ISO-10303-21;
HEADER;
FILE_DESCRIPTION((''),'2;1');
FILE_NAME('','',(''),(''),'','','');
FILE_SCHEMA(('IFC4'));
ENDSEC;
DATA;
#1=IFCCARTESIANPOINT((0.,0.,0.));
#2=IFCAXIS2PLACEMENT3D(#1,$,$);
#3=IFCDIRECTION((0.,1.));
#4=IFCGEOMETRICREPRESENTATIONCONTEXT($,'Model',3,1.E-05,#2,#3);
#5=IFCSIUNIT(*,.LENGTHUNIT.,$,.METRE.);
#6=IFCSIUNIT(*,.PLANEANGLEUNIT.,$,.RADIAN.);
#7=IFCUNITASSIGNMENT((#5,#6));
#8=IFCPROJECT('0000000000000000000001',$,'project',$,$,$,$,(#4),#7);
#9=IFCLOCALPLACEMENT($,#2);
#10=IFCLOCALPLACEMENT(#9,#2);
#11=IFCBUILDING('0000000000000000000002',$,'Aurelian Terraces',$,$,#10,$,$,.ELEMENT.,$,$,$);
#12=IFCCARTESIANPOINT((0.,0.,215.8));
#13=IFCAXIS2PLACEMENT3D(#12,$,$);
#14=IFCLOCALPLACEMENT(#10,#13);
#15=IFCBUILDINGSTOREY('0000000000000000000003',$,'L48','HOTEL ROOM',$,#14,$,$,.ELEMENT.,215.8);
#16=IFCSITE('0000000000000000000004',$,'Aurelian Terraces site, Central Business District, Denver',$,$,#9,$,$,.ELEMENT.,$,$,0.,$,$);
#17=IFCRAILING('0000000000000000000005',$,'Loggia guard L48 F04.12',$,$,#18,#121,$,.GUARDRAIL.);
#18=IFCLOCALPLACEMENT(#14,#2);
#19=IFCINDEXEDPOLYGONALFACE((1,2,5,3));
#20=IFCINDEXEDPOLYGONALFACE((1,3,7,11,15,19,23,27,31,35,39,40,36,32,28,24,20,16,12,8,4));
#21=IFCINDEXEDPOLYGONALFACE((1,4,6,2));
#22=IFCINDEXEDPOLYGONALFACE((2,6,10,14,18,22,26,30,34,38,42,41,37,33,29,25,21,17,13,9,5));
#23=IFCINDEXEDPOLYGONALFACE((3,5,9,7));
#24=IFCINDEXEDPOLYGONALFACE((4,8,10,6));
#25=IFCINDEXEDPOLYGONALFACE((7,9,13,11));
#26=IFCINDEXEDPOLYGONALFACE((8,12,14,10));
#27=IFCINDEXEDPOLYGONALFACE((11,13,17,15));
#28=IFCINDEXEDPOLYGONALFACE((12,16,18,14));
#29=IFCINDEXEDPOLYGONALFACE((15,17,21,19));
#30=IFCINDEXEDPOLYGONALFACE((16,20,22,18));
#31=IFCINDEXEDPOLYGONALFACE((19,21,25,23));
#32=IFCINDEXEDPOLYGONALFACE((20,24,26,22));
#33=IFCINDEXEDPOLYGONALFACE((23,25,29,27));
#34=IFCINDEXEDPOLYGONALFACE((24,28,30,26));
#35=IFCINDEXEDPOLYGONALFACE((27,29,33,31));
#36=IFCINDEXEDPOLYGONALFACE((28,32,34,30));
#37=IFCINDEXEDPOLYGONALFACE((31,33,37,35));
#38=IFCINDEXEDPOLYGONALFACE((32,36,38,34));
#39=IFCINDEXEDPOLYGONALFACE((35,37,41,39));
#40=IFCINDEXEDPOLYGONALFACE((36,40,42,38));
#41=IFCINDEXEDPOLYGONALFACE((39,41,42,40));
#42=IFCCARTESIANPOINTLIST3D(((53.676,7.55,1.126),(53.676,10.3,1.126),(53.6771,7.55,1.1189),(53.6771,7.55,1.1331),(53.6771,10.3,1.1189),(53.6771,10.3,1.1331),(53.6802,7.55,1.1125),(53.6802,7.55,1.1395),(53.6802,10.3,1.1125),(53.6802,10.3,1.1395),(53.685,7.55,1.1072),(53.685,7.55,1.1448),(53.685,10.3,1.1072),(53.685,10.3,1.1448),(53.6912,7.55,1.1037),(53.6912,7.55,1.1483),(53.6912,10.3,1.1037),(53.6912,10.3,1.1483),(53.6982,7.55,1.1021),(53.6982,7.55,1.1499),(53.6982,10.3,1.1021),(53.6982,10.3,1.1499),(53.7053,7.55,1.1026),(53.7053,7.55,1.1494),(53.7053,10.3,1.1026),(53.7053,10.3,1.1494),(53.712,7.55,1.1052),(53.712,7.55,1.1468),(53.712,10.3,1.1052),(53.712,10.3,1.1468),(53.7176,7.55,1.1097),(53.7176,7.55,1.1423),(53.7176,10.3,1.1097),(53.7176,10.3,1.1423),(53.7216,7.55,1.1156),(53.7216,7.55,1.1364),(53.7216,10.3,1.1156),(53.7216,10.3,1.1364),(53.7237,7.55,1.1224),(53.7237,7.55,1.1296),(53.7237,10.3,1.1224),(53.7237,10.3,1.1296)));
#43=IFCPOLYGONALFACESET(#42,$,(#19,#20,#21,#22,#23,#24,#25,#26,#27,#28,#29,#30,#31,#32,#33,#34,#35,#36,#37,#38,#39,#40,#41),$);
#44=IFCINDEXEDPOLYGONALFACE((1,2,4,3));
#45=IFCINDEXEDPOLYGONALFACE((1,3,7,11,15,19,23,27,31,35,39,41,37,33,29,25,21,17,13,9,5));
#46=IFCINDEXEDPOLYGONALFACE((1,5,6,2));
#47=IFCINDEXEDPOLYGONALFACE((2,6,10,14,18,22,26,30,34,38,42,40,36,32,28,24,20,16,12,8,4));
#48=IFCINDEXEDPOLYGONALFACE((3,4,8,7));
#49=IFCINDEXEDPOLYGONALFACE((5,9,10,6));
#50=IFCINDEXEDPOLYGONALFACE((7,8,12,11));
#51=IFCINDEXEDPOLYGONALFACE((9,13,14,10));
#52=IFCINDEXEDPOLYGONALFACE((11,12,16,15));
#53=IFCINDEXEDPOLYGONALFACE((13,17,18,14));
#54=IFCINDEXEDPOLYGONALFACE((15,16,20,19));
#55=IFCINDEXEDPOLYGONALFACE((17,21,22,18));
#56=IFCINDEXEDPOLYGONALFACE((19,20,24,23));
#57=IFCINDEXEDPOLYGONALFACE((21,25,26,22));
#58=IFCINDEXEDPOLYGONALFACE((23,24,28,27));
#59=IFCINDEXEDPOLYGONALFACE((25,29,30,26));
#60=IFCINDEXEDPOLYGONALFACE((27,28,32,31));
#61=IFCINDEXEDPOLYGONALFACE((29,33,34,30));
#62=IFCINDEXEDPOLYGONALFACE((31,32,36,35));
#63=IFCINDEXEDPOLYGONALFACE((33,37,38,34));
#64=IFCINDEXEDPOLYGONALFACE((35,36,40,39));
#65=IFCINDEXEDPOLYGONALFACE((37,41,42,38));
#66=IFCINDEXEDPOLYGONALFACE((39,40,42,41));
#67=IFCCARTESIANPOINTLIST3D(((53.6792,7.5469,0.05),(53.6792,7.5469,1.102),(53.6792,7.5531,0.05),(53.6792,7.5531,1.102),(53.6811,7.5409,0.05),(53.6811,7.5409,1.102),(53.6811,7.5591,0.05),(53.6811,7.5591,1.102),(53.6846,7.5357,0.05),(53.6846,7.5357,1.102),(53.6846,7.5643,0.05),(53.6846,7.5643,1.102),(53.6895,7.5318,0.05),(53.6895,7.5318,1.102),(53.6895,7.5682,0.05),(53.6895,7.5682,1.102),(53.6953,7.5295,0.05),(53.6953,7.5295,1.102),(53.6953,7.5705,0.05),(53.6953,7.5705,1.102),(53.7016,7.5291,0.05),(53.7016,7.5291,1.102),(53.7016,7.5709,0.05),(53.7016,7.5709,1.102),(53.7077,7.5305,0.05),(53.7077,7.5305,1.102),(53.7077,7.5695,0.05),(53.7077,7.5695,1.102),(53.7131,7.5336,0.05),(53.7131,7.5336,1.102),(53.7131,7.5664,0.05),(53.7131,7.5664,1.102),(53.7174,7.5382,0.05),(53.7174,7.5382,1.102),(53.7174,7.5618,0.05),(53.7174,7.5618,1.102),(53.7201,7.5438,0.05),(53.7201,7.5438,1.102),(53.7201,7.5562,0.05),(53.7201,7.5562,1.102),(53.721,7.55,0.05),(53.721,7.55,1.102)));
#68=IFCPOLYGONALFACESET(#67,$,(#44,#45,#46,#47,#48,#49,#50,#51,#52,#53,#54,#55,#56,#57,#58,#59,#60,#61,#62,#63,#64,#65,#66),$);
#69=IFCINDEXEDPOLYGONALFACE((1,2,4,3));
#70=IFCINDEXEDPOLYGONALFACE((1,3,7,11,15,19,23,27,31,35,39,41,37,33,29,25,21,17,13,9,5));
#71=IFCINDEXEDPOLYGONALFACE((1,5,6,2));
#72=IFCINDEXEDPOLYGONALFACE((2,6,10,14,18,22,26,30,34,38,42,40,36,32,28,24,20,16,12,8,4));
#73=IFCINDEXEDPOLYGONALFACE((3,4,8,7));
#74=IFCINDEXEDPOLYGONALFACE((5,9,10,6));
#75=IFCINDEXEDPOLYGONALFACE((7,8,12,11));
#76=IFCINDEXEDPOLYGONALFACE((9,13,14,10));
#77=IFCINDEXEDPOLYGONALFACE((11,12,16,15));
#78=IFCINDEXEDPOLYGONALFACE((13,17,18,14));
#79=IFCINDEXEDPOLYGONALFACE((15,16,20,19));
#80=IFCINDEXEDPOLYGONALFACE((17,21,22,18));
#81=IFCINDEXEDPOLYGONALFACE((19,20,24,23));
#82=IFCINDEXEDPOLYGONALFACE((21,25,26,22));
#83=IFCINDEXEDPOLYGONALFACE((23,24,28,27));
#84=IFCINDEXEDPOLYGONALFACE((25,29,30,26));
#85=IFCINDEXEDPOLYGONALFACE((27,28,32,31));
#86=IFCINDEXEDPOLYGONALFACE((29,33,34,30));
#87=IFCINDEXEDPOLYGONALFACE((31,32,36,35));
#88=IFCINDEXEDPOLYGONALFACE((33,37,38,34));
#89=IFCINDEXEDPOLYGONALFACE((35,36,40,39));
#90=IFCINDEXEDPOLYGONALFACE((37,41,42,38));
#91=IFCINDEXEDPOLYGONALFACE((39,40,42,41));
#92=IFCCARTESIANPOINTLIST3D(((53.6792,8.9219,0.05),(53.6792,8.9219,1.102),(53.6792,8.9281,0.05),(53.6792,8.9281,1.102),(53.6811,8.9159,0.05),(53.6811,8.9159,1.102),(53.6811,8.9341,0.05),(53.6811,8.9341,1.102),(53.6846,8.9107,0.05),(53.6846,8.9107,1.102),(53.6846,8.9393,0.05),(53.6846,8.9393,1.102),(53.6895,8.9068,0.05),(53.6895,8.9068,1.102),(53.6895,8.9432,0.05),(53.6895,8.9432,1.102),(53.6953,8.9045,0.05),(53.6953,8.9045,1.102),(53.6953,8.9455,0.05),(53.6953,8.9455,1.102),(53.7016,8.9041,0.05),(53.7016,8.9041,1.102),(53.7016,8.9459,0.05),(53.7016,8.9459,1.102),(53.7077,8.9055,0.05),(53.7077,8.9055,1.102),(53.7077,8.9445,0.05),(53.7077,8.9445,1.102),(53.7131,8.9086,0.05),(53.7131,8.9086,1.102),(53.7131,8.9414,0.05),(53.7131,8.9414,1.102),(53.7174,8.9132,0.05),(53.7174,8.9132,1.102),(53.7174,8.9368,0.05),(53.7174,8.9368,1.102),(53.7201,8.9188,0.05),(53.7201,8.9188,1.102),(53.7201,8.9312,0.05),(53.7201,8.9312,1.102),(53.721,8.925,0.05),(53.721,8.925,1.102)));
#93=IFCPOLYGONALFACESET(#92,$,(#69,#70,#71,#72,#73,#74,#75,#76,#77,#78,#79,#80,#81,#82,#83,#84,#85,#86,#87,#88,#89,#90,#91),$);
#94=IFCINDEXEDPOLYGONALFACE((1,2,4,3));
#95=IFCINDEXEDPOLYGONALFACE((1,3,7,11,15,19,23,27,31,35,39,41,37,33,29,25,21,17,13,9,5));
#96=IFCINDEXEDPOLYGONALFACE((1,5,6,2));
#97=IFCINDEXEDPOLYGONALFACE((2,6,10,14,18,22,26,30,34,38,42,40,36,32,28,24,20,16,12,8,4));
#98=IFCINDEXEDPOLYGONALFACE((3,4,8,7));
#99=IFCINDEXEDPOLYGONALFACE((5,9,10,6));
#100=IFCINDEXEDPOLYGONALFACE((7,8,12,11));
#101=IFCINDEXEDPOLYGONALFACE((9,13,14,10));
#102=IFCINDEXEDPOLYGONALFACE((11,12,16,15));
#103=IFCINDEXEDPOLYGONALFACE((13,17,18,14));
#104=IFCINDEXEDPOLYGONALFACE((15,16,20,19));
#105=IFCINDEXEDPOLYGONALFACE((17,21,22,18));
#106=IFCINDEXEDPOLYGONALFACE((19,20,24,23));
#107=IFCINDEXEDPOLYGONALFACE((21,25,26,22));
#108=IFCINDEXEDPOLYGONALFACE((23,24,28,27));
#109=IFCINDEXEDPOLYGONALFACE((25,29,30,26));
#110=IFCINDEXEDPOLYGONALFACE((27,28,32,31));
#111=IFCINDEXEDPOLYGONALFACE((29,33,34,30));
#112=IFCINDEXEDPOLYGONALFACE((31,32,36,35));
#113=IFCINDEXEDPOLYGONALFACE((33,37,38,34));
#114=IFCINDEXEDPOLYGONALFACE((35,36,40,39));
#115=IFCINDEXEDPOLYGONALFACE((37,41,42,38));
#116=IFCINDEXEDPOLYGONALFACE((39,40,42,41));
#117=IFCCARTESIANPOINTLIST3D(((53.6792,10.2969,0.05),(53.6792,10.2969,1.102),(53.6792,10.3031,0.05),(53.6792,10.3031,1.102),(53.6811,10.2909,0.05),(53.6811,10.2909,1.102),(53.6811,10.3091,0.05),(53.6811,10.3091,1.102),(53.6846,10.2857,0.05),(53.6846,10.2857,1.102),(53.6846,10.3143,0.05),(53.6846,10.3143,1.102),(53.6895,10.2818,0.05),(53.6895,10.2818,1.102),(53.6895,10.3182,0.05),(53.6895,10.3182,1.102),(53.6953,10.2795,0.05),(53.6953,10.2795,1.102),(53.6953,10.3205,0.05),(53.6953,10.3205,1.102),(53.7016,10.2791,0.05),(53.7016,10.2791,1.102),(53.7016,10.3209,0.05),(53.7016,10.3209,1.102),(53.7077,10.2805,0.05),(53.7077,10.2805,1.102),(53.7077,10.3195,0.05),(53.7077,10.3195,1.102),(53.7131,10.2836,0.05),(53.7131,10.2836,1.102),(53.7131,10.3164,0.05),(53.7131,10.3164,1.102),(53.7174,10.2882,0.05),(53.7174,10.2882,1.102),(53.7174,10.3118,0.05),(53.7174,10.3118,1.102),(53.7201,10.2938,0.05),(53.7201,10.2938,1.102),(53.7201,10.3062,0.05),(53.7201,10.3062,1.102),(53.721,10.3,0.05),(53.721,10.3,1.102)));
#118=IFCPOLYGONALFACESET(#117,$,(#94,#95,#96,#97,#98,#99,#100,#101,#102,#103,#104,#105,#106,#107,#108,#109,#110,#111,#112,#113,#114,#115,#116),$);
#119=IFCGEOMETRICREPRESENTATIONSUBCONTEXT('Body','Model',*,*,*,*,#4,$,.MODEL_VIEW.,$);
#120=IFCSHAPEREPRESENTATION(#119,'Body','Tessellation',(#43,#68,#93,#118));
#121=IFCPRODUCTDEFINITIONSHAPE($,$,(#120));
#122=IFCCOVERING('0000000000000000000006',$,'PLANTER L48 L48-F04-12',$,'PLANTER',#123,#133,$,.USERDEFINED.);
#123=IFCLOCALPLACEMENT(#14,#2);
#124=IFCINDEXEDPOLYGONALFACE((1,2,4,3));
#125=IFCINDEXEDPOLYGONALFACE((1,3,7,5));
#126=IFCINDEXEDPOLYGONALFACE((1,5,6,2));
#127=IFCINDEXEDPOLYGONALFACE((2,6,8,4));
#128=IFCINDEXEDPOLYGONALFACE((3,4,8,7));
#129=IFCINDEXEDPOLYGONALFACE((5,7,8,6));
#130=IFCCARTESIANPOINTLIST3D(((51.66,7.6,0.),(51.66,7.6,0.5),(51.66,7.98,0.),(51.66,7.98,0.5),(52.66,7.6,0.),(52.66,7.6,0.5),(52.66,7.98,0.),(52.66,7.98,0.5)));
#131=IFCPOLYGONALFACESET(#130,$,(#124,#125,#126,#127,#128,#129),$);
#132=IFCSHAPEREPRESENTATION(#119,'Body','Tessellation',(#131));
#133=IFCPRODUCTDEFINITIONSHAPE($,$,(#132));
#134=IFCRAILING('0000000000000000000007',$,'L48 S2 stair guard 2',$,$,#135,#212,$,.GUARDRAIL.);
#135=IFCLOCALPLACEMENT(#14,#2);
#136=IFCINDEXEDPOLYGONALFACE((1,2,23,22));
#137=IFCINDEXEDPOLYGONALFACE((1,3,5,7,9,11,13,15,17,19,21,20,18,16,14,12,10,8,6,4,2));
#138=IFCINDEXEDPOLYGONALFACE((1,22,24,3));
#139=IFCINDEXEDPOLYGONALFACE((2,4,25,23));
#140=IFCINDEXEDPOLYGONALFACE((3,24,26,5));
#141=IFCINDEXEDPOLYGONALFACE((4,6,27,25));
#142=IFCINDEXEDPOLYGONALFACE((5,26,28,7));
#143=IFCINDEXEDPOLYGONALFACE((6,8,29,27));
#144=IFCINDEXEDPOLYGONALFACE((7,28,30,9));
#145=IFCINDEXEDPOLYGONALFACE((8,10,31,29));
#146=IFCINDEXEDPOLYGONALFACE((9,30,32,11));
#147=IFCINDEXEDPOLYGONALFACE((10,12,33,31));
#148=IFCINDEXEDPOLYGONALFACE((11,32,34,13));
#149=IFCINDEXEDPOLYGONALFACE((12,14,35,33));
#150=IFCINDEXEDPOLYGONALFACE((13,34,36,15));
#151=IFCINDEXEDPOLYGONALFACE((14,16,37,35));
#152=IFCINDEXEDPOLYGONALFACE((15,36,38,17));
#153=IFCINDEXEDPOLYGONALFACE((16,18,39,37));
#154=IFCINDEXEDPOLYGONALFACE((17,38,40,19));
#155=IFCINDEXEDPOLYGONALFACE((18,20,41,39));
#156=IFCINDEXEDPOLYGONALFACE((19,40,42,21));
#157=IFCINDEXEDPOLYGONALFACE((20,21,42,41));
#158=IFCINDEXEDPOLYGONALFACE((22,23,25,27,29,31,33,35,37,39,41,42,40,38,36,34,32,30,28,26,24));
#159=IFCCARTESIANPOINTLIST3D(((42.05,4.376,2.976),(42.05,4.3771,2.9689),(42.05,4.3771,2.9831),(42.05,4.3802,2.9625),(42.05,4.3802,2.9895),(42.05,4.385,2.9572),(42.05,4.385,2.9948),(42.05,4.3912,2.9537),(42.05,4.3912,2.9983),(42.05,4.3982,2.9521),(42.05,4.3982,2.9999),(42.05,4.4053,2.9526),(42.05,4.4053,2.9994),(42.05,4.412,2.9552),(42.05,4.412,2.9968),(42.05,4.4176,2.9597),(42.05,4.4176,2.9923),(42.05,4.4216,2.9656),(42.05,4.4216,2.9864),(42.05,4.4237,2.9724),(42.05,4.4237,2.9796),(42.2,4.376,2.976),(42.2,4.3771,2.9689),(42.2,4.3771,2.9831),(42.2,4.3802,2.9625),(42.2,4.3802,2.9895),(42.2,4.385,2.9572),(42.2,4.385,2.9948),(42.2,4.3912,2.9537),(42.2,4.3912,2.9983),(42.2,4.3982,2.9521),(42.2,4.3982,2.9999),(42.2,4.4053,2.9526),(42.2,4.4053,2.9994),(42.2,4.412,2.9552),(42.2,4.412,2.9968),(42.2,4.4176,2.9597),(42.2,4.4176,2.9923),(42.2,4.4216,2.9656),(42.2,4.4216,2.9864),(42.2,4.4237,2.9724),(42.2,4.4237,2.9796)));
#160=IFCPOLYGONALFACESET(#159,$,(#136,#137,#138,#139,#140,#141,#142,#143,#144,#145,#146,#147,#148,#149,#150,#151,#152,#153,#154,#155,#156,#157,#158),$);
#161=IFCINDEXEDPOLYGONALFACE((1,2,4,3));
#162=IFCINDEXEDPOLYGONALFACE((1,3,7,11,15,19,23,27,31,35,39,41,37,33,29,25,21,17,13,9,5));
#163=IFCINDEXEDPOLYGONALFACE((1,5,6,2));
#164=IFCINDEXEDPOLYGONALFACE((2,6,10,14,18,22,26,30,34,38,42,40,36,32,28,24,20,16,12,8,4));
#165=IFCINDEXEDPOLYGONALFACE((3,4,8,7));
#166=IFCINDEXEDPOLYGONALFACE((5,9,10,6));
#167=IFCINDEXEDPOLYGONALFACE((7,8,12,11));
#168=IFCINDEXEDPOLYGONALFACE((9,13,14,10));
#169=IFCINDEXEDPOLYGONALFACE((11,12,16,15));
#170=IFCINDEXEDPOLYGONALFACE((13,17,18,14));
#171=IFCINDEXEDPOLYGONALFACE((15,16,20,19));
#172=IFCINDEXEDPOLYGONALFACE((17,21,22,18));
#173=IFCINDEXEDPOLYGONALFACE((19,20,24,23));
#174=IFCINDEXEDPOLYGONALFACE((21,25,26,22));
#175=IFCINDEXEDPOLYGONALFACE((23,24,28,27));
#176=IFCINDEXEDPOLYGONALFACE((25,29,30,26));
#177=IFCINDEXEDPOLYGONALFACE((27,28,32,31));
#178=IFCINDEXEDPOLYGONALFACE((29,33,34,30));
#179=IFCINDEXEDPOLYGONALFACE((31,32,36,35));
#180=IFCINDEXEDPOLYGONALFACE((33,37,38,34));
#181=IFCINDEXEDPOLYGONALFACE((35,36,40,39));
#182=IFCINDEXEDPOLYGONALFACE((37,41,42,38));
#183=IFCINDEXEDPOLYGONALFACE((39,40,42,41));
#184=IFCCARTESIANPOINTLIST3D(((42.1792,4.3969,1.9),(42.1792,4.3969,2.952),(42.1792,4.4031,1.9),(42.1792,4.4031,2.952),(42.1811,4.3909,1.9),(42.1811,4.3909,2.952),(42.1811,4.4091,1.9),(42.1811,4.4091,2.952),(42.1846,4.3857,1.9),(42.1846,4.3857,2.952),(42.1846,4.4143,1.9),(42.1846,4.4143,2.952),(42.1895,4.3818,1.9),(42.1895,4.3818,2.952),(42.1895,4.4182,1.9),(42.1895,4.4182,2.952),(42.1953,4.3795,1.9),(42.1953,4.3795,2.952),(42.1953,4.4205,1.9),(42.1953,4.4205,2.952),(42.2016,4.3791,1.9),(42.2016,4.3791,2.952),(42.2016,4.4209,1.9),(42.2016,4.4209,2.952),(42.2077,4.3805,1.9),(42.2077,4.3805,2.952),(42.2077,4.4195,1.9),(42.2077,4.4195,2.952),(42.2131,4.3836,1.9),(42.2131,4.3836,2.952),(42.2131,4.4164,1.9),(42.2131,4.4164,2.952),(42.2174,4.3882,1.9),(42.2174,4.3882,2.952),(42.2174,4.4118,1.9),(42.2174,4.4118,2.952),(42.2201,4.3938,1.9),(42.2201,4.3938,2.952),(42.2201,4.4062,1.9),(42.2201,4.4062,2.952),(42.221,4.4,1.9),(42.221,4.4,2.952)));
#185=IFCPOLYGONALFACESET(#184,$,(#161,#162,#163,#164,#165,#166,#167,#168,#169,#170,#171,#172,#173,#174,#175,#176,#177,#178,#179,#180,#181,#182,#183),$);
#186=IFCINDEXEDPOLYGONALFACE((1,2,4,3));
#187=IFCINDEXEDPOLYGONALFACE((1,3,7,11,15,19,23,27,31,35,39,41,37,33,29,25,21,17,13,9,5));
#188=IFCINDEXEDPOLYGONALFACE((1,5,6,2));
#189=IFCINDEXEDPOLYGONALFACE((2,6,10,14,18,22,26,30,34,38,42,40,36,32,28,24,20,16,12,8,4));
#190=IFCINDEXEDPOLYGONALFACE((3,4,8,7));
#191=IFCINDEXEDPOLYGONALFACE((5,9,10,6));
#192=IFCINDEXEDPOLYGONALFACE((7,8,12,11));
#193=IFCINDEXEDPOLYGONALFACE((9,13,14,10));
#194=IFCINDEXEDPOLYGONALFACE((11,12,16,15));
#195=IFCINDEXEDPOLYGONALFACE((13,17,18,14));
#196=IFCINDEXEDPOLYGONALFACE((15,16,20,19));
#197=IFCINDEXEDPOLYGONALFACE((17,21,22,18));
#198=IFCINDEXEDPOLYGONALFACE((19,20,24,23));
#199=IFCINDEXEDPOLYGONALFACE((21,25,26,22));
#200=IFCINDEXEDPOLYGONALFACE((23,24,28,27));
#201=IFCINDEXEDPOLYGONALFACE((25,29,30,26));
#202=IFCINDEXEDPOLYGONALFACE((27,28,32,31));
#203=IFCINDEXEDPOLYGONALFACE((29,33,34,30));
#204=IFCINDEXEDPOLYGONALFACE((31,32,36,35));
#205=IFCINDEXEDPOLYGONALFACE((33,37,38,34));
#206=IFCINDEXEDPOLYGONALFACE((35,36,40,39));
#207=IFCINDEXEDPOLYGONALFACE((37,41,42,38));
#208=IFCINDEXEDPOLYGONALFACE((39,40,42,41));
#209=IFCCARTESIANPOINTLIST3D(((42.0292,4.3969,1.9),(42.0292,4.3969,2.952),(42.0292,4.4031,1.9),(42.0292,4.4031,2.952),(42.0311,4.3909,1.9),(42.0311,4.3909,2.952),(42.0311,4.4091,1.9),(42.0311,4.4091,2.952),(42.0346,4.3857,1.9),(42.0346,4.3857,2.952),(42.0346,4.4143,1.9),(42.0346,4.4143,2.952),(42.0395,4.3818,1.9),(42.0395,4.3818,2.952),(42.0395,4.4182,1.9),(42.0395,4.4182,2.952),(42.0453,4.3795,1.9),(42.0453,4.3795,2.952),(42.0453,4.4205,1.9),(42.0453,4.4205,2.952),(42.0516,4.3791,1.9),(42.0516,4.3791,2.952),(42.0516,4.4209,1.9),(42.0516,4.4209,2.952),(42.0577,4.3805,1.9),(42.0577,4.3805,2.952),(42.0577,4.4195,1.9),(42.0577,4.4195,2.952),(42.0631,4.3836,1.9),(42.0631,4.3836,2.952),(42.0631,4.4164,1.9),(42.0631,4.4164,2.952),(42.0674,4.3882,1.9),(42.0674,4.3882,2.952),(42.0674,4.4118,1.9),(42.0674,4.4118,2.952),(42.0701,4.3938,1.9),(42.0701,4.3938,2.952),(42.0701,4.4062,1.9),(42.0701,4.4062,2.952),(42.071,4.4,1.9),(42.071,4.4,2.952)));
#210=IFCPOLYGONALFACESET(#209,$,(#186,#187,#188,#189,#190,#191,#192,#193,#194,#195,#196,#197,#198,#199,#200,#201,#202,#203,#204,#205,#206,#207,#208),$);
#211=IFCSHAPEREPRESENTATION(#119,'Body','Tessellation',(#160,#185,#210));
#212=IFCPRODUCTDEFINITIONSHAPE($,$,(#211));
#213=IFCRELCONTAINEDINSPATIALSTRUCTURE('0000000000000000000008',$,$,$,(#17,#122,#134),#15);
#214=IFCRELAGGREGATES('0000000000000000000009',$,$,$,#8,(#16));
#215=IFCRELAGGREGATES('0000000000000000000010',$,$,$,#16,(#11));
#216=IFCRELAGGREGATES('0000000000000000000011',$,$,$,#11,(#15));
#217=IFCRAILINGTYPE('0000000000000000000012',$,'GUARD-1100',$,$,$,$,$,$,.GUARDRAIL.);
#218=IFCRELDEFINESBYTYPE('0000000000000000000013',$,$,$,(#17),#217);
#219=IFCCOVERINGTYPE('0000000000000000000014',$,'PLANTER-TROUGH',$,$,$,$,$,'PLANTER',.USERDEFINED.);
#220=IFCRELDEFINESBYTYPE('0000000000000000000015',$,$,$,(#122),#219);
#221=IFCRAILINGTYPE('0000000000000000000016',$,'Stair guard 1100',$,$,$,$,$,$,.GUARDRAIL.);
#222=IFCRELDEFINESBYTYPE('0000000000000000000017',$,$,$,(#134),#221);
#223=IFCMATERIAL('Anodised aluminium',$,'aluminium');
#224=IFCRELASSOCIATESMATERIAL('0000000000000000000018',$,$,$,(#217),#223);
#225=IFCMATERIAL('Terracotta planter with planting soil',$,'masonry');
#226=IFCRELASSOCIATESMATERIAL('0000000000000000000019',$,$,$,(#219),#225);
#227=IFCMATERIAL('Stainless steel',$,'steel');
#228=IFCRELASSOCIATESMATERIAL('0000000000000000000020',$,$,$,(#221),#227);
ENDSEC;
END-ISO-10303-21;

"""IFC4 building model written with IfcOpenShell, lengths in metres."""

from ifc_helpers import new_model, si_unit, direction, frame, origin, origin_2d, place, context, subcontext, project, spatial, rectangle, circle, extrude, source, transform, mapped, material, type_object, element, save


model = new_model("IFC4")

# Units and contexts
model_context = context("Model", 3, precision=1e-05, world=origin(), true_north=direction((0.0, 1.0)))
body_context = subcontext(model_context, "Body", "Model", "MODEL_VIEW")
ifc_project = project(units=[si_unit("LENGTHUNIT", "METRE"), si_unit("PLANEANGLEUNIT", "RADIAN")], contexts=[model_context])

# Site, building, storey
site_placement = place(None, origin())
site = spatial("IfcSite", under=ifc_project, at=site_placement, Name="Aurelian Terraces site, Central Business District, Denver", CompositionType="ELEMENT", RefElevation=0.0)
building_placement = place(site_placement, origin())
building = spatial("IfcBuilding", under=site, at=building_placement, Name="Aurelian Terraces", CompositionType="ELEMENT")
storey_placement = place(building_placement, frame((0.0, 0.0, 215.8)))
storey = spatial("IfcBuildingStorey", under=building, at=storey_placement, Name="L48", Description="HOTEL ROOM", CompositionType="ELEMENT", Elevation=215.8)

# Railing
ifc_material_1 = material(Name="Anodised aluminium", Category="aluminium")
railing_type_1 = type_object("IfcRailingType", Name="GUARD-1100", PredefinedType="GUARDRAIL", material=ifc_material_1)
railing_1_placement = place(storey_placement, frame((53.7, 7.55, 0.05)))
element("IfcRailing", 1, at=railing_1_placement, inside=storey, type_object=railing_type_1, Name="Loggia guard L48 F04.12", PredefinedType="GUARDRAIL", context=body_context, shape_type="SweptSolid", body=[
    extrude(circle(Radius=0.024, at=origin_2d()), frame((0.0, 0.0, 1.076), z_axis=(0.0, 1.0, 0.0), x_axis=(-1.0, 0.0, 0.0)), (0.0, 0.0, 1.0), 2.75),
    extrude(circle(Radius=0.021, at=origin_2d()), origin(), (0.0, 0.0, 1.0), 1.052),
    extrude(circle(Radius=0.021, at=origin_2d()), frame((0.0, 1.375, 0.0)), (0.0, 0.0, 1.0), 1.052),
    extrude(circle(Radius=0.021, at=origin_2d()), frame((0.0, 2.75, 0.0)), (0.0, 0.0, 1.0), 1.052),
])

# Covering
ifc_material_2 = material(Name="Terracotta planter with planting soil", Category="masonry")
covering_type = type_object("IfcCoveringType", Name="PLANTER-TROUGH", ElementType="PLANTER", PredefinedType="USERDEFINED", material=ifc_material_2)
covering_placement = place(storey_placement, frame((52.16, 7.79, 0.0), z_axis=(0.0, 0.0, 1.0), x_axis=(1.0, 0.0, 0.0)))
element("IfcCovering", 2, at=covering_placement, inside=storey, type_object=covering_type, Name="PLANTER L48 L48-F04-12", ObjectType="PLANTER", PredefinedType="USERDEFINED", context=body_context, shape_type="SweptSolid", body=[
    extrude(rectangle(XDim=1.0, YDim=0.38, at=origin_2d()), origin(), (0.0, 0.0, 1.0), 0.5),
])

# Railing
ifc_material_3 = material(Name="Stainless steel", Category="steel")
railing_type_2 = type_object("IfcRailingType", Name="Stair guard 1100", PredefinedType="GUARDRAIL", material=ifc_material_3)
shared_shape_1 = source(origin(), body_context, "Body", "SweptSolid", [
    extrude(circle(Radius=0.024, at=origin_2d()), frame((0.0, 0.0, 1.076), z_axis=(-1.0, 0.0, 0.0), x_axis=(0.0, -1.0, 0.0)), (0.0, 0.0, 1.0), 0.15),
    extrude(circle(Radius=0.021, at=origin_2d()), origin(), (0.0, 0.0, 1.0), 1.052),
    extrude(circle(Radius=0.021, at=origin_2d()), frame((-0.15, 0.0, 0.0)), (0.0, 0.0, 1.0), 1.052),
])
railing_2_placement = place(storey_placement, frame((42.2, 4.4, 1.9)))
element("IfcRailing", 3, at=railing_2_placement, inside=storey, type_object=railing_type_2, Name="L48 S2 stair guard 2", PredefinedType="GUARDRAIL", context=body_context, shape_type="MappedRepresentation", body=[
    mapped(shared_shape_1, transform((0.0, 0.0, 0.0), scale=1.0)),
])

save(model, "model.ifc")
